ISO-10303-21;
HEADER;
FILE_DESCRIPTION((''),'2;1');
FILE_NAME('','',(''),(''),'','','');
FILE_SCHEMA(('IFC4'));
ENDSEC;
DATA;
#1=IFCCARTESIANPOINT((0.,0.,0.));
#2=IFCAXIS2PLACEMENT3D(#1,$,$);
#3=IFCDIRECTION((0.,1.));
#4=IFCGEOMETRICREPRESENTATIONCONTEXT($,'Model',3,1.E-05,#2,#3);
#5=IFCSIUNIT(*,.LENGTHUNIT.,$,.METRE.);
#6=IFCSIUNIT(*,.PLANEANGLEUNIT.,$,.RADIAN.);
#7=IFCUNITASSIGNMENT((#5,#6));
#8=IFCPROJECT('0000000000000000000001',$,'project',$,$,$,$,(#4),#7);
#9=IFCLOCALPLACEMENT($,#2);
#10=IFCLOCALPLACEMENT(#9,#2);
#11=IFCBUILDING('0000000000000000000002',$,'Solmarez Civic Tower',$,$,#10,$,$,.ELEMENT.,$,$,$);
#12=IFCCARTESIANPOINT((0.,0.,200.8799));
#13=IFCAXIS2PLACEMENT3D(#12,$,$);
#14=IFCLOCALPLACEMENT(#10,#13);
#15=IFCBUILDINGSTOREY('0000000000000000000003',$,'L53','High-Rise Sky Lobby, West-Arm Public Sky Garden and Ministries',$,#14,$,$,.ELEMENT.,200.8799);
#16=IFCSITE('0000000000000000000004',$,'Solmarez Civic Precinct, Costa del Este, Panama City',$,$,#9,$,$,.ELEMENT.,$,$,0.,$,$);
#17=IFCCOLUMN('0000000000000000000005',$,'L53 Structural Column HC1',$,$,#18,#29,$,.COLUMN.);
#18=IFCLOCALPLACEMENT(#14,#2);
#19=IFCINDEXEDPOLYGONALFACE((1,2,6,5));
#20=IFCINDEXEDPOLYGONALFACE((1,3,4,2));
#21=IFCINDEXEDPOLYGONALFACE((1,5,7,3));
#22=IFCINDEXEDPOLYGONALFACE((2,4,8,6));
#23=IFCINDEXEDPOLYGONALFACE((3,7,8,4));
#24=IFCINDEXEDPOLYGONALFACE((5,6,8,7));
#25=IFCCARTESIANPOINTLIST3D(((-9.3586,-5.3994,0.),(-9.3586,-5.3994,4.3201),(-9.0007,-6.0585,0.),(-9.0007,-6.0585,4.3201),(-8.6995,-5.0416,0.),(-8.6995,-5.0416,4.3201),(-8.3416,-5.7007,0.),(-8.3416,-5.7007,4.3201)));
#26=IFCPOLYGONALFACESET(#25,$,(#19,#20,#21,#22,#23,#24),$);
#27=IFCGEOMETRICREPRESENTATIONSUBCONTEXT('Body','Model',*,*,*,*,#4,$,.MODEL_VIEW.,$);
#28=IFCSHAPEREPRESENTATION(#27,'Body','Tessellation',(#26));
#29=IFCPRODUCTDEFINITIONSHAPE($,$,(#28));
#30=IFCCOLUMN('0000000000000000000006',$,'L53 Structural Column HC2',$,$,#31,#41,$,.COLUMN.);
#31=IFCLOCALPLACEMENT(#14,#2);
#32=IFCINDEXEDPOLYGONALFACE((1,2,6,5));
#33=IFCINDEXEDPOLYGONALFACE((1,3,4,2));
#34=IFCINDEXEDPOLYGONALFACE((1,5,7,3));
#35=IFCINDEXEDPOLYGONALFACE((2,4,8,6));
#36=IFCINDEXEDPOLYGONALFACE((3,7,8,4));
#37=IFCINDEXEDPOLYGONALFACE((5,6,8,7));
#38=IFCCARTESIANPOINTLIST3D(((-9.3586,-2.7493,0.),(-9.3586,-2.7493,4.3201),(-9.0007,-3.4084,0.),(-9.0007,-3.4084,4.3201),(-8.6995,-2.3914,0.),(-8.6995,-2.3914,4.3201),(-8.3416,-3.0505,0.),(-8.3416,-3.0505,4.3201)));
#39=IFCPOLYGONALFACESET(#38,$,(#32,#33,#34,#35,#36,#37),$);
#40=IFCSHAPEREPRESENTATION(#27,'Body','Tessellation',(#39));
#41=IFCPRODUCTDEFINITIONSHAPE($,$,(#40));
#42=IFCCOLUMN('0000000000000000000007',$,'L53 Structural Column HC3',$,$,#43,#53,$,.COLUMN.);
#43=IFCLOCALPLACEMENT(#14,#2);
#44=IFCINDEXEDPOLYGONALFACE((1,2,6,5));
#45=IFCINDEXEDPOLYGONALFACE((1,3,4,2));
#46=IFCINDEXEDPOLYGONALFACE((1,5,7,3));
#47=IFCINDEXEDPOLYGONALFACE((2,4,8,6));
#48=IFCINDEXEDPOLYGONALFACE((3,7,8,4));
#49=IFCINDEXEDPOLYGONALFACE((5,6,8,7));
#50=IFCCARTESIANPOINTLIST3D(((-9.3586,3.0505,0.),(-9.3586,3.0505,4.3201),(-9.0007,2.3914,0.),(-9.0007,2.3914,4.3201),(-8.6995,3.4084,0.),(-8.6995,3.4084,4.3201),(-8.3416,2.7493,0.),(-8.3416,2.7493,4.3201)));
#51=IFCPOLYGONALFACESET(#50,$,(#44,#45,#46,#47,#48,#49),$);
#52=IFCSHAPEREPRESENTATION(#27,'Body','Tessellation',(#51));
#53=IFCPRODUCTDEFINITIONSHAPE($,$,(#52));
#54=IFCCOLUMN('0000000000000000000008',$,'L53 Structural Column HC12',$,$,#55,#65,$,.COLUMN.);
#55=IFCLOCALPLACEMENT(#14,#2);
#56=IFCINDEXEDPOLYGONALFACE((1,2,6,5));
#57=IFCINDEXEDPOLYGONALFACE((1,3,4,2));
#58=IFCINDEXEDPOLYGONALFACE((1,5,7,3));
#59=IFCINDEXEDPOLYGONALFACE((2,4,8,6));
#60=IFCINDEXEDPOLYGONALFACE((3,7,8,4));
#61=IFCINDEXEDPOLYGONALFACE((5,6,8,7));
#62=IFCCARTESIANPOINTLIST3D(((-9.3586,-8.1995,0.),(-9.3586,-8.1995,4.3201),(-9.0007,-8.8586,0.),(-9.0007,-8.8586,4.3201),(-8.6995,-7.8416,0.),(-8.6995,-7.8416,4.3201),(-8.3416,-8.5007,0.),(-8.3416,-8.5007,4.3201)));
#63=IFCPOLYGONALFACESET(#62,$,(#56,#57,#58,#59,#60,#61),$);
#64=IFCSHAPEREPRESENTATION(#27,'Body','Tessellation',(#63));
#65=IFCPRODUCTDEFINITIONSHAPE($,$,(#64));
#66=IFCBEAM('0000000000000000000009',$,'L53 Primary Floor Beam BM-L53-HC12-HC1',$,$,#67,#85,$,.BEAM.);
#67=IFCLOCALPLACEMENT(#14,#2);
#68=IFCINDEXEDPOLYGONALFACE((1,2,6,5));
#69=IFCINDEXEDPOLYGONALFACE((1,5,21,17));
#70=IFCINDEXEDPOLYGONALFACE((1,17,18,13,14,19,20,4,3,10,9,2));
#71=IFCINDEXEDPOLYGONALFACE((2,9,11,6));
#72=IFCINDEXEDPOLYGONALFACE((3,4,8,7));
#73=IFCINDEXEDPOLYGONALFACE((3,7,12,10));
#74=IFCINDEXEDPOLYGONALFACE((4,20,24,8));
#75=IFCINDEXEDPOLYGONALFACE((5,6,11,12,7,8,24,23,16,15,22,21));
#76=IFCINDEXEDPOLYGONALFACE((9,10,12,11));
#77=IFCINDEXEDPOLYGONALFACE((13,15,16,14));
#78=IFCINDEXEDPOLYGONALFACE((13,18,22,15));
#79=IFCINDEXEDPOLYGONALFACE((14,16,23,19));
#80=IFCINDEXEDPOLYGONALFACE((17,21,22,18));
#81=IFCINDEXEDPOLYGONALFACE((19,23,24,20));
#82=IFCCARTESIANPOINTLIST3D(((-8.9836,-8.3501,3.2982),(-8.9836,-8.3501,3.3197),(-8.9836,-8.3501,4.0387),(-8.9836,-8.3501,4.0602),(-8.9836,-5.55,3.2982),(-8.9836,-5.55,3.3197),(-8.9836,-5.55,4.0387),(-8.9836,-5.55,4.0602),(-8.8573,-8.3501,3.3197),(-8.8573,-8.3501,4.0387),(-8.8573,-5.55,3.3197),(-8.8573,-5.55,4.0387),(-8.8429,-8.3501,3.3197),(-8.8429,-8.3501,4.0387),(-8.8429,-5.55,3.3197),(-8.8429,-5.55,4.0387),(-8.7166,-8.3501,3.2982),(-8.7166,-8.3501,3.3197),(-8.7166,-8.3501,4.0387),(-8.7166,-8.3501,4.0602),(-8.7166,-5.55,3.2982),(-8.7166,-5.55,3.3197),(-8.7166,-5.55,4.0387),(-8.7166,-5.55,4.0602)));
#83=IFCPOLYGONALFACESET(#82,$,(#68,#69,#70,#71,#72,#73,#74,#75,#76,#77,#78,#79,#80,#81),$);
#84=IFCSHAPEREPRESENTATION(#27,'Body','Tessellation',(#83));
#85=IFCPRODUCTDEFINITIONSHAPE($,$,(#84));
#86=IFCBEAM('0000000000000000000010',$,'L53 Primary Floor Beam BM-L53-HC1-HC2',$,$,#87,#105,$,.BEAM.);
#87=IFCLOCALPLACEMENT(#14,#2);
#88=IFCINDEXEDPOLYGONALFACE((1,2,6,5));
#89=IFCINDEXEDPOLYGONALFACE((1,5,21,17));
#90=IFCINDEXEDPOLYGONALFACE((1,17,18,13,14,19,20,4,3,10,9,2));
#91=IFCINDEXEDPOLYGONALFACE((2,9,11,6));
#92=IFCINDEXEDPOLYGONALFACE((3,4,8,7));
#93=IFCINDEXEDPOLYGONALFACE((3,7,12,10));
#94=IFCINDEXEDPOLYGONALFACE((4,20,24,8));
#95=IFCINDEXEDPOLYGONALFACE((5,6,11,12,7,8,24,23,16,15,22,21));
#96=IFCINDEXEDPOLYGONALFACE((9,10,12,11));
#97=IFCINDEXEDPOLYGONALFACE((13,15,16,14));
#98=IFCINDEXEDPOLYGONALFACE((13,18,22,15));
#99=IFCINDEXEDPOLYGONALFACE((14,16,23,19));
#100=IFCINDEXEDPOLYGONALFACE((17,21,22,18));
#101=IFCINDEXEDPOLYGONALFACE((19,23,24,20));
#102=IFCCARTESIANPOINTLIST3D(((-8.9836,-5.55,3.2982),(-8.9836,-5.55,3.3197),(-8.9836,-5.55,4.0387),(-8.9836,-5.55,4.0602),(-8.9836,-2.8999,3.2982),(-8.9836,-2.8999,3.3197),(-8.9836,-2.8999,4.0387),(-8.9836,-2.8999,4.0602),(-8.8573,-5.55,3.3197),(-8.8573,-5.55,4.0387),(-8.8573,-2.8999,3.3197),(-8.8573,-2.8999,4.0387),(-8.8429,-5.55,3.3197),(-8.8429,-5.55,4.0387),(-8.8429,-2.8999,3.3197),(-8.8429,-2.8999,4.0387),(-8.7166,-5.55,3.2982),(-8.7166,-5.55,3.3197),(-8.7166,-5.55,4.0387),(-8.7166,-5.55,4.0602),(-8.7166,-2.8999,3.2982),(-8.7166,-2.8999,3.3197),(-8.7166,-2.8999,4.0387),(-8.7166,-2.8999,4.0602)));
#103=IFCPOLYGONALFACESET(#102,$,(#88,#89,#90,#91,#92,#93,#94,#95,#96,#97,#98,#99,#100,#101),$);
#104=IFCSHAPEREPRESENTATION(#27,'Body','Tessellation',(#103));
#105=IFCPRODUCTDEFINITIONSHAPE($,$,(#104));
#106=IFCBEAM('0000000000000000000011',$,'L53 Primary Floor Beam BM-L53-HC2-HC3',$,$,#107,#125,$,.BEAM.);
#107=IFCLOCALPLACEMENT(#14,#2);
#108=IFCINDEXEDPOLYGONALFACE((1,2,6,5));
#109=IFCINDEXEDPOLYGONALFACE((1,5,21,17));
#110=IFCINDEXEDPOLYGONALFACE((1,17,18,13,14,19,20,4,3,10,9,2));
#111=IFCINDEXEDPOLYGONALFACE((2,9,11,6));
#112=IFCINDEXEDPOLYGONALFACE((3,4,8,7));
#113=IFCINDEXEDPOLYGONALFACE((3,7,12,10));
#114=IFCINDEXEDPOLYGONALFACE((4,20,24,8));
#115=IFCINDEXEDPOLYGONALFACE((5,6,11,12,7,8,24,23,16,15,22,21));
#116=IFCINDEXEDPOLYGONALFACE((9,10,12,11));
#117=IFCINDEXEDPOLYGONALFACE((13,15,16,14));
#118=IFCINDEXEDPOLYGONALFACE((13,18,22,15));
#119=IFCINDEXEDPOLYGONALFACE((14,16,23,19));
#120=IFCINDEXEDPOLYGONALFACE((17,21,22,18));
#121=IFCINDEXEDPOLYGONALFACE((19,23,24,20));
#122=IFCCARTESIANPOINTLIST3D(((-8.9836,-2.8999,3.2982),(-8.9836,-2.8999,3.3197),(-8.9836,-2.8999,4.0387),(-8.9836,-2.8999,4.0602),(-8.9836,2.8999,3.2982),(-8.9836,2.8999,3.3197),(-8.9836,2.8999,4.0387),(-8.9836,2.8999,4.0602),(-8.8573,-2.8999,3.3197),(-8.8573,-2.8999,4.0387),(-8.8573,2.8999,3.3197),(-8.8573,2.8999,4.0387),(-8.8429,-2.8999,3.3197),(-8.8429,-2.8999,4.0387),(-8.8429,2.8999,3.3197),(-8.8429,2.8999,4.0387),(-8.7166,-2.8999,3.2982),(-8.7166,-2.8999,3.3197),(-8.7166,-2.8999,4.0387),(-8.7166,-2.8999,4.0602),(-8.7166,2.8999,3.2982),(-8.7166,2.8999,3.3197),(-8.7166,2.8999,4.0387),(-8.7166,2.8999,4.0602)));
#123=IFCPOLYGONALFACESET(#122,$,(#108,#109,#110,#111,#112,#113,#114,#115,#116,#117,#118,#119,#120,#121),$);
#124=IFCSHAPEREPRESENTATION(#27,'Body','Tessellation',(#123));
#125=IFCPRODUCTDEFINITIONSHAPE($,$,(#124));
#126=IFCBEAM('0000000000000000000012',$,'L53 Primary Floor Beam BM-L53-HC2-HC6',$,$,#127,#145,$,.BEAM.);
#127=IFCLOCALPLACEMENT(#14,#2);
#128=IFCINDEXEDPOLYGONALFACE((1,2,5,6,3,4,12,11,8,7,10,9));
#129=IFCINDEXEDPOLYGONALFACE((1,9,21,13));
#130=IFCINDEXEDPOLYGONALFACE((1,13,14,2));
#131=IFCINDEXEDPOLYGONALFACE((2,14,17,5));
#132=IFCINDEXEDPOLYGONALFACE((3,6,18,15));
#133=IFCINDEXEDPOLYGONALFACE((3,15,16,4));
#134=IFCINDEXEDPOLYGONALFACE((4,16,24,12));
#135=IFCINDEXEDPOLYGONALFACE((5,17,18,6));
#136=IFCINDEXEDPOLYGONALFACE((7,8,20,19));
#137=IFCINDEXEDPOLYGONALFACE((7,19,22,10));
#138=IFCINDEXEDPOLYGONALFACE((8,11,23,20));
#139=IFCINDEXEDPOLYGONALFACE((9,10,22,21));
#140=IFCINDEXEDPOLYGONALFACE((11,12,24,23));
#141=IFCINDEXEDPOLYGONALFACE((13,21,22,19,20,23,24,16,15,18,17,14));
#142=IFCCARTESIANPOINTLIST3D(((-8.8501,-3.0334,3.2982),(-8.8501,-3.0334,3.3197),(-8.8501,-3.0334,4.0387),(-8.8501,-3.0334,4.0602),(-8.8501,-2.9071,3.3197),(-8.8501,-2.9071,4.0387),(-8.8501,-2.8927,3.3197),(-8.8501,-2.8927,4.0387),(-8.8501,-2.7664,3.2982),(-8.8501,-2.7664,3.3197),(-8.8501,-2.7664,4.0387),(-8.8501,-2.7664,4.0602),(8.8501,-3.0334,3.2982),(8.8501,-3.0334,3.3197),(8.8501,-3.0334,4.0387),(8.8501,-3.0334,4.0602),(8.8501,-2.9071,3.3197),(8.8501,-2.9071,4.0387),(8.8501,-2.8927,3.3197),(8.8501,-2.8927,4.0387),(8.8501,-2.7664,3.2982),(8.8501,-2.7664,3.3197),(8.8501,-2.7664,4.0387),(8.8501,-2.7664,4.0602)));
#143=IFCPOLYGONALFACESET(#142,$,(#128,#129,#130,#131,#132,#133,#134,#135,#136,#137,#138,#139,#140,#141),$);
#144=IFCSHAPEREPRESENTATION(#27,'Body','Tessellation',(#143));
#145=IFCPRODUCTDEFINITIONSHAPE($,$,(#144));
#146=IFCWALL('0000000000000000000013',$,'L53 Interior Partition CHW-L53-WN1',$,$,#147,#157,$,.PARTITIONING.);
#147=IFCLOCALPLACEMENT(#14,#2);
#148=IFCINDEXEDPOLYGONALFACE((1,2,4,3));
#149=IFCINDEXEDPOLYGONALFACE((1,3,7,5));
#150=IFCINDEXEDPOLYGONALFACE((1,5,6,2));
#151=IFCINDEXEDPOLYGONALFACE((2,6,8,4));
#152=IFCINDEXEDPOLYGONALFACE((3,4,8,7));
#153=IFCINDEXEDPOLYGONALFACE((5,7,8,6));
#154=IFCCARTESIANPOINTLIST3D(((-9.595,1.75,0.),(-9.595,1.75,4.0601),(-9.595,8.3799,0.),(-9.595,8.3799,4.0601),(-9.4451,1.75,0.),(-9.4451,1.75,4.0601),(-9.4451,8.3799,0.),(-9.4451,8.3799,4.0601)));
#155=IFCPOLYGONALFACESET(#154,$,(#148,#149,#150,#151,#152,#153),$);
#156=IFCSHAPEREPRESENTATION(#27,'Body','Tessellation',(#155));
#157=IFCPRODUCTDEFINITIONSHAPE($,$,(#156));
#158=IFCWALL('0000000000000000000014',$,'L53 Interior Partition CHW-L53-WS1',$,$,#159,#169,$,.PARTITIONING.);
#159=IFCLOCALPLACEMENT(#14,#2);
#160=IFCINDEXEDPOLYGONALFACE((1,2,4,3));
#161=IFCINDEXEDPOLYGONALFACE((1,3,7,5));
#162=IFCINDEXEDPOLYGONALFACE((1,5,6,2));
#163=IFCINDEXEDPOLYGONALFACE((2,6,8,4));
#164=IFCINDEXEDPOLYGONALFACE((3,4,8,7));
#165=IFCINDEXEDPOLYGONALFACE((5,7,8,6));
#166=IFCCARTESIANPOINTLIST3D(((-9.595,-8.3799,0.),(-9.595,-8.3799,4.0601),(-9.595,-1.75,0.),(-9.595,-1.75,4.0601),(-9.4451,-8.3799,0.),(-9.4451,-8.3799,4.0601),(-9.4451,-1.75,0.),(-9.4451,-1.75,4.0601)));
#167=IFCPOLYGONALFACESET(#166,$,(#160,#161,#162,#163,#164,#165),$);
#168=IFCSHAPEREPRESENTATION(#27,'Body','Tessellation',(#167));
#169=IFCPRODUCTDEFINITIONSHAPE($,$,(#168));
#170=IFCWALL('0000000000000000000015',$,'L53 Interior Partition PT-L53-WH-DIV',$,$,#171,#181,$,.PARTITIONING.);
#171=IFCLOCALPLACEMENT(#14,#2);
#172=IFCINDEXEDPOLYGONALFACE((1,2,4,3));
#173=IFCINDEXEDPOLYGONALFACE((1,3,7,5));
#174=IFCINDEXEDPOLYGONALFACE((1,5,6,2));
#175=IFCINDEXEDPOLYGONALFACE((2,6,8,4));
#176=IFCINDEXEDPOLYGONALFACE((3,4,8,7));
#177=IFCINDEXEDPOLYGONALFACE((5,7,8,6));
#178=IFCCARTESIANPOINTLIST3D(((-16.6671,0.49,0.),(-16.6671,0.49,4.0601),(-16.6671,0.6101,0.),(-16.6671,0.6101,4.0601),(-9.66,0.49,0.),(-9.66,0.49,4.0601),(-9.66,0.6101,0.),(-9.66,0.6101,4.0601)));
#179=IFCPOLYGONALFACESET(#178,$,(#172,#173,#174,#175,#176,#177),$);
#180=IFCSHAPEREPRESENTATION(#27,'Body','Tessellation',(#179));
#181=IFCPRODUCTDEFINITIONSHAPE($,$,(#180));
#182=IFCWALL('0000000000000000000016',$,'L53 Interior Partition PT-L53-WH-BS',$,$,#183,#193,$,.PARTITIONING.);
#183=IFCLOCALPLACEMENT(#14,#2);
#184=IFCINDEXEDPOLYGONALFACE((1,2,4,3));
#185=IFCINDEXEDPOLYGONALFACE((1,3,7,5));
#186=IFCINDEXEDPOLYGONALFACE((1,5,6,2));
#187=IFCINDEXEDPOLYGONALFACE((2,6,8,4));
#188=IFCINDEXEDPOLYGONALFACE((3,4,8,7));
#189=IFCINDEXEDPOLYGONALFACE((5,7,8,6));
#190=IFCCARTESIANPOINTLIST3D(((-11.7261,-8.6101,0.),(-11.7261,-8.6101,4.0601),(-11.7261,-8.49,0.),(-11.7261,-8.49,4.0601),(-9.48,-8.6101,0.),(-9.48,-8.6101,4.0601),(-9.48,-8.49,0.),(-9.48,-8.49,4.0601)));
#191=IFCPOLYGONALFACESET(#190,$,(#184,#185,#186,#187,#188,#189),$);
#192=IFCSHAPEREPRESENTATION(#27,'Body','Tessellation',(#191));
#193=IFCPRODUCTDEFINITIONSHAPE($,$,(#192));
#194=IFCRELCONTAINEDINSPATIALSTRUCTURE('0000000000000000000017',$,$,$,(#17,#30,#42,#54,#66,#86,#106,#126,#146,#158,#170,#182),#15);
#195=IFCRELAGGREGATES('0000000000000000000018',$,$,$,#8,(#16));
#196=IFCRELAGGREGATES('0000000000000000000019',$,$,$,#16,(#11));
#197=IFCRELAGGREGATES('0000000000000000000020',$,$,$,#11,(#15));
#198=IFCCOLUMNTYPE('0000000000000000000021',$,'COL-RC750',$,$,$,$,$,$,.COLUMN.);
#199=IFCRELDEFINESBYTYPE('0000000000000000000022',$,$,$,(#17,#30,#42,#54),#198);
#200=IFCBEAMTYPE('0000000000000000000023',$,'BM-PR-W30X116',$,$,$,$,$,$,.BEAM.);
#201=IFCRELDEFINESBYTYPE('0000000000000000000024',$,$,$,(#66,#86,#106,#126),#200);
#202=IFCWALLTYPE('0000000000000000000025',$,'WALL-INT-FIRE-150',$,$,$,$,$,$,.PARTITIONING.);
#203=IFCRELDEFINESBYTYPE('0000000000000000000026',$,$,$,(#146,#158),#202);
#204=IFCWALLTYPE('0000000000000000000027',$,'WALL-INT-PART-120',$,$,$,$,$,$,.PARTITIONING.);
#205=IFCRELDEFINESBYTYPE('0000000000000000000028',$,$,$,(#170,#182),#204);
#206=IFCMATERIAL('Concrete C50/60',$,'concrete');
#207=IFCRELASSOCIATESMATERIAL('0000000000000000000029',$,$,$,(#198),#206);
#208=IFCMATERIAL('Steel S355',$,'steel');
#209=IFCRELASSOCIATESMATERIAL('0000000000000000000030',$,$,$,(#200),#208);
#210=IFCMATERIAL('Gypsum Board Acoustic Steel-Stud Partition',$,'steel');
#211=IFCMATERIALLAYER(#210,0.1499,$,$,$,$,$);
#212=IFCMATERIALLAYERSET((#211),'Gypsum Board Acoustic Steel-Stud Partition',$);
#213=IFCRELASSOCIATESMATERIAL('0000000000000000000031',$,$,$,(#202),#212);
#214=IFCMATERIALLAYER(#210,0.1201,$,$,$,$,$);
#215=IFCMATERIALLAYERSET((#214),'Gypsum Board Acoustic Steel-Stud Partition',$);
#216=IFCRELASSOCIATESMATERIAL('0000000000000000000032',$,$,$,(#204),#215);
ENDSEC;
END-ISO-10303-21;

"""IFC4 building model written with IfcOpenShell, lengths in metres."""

from ifc_helpers import new_model, si_unit, direction, frame, frame_2d, origin, origin_2d, place, context, subcontext, project, spatial, rectangle, i_section, extrude, material, layer, layer_set, material_profile, profile_set, type_object, element, save


model = new_model("IFC4")

# Units and contexts
model_context = context("Model", 3, precision=1e-05, world=origin(), true_north=direction((0.0, 1.0)))
body_context = subcontext(model_context, "Body", "Model", "MODEL_VIEW")
ifc_project = project(units=[si_unit("LENGTHUNIT", "METRE"), si_unit("PLANEANGLEUNIT", "RADIAN")], contexts=[model_context])

# Site, building, storey
site_placement = place(None, origin())
site = spatial("IfcSite", under=ifc_project, at=site_placement, Name="Solmarez Civic Precinct, Costa del Este, Panama City", CompositionType="ELEMENT", RefElevation=0.0)
building_placement = place(site_placement, origin())
building = spatial("IfcBuilding", under=site, at=building_placement, Name="Solmarez Civic Tower", CompositionType="ELEMENT")
storey_placement = place(building_placement, frame((0.0, 0.0, 200.8799)))
storey = spatial("IfcBuildingStorey", under=building, at=storey_placement, Name="L53", Description="High-Rise Sky Lobby, West-Arm Public Sky Garden and Ministries", CompositionType="ELEMENT", Elevation=200.8799)

# Columns
ifc_material_1 = material(Name="Concrete C50/60", Category="concrete")
ifc_material_profile_1 = material_profile(ifc_material_1, rectangle(XDim=0.75, YDim=0.75, at=origin_2d()), Name="RC750X750")
ifc_profile_set_1 = profile_set([ifc_material_profile_1], Name="Concrete C50/60")
column_type = type_object("IfcColumnType", Name="COL-RC750", PredefinedType="COLUMN", material=ifc_profile_set_1)
for number, where, z_axis, x_axis, name in (
    (1, (-8.8501, -5.55, 0.0), (0.0, 0.0, 1.0), (0.878817, 0.477159, 0.0), "L53 Structural Column HC1"),
    (2, (-8.8501, -2.8999, 0.0), (0.0, 0.0, 1.0), (0.878817, 0.477159, 0.0), "L53 Structural Column HC2"),
    (3, (-8.8501, 2.8999, 0.0), (0.0, 0.0, 1.0), (0.878817, 0.477159, 0.0), "L53 Structural Column HC3"),
    (4, (-8.8501, -8.3501, 0.0), (0.0, 0.0, 1.0), (0.878817, 0.477159, 0.0), "L53 Structural Column HC12"),
):
    element("IfcColumn", number, at=place(storey_placement, frame(where, z_axis=z_axis, x_axis=x_axis)), inside=storey, type_object=column_type, Name=name, PredefinedType="COLUMN", context=body_context, shape_type="SweptSolid", body=[
        extrude(rectangle(XDim=0.75, YDim=0.75, at=origin_2d()), origin(), (0.0, 0.0, 1.0), 4.3201),
    ])

# Beams
ifc_material_2 = material(Name="Steel S355", Category="steel")
ifc_material_profile_2 = material_profile(ifc_material_2, i_section(OverallWidth=0.2671, OverallDepth=0.762, WebThickness=0.0144, FlangeThickness=0.0215, at=origin_2d()), Name="W30X116")
ifc_profile_set_2 = profile_set([ifc_material_profile_2], Name="Steel S355")
beam_type = type_object("IfcBeamType", Name="BM-PR-W30X116", PredefinedType="BEAM", material=ifc_profile_set_2)
beam_1_placement = place(storey_placement, frame((-8.8501, -8.3501, 3.6792), z_axis=(0.0, 1.0, 0.0), x_axis=(-1.0, 0.0, 0.0)))
element("IfcBeam", 5, at=beam_1_placement, inside=storey, type_object=beam_type, Name="L53 Primary Floor Beam BM-L53-HC12-HC1", PredefinedType="BEAM", context=body_context, shape_type="SweptSolid", body=[
    extrude(i_section(OverallWidth=0.2671, OverallDepth=0.762, WebThickness=0.0144, FlangeThickness=0.0215, at=origin_2d()), origin(), (0.0, 0.0, 1.0), 2.8),
])
beam_2_placement = place(storey_placement, frame((-8.8501, -5.55, 3.6792), z_axis=(0.0, 1.0, 0.0), x_axis=(-1.0, 0.0, 0.0)))
element("IfcBeam", 6, at=beam_2_placement, inside=storey, type_object=beam_type, Name="L53 Primary Floor Beam BM-L53-HC1-HC2", PredefinedType="BEAM", context=body_context, shape_type="SweptSolid", body=[
    extrude(i_section(OverallWidth=0.2671, OverallDepth=0.762, WebThickness=0.0144, FlangeThickness=0.0215, at=origin_2d()), origin(), (0.0, 0.0, 1.0), 2.6501),
])
beam_3_placement = place(storey_placement, frame((-8.8501, -2.8999, 3.6792), z_axis=(0.0, 1.0, 0.0), x_axis=(-1.0, 0.0, 0.0)))
element("IfcBeam", 7, at=beam_3_placement, inside=storey, type_object=beam_type, Name="L53 Primary Floor Beam BM-L53-HC2-HC3", PredefinedType="BEAM", context=body_context, shape_type="SweptSolid", body=[
    extrude(i_section(OverallWidth=0.2671, OverallDepth=0.762, WebThickness=0.0144, FlangeThickness=0.0215, at=origin_2d()), origin(), (0.0, 0.0, 1.0), 5.7998),
])
beam_4_placement = place(storey_placement, frame((-8.8501, -2.8999, 3.6792), z_axis=(1.0, 0.0, 0.0), x_axis=(0.0, 1.0, 0.0)))
element("IfcBeam", 8, at=beam_4_placement, inside=storey, type_object=beam_type, Name="L53 Primary Floor Beam BM-L53-HC2-HC6", PredefinedType="BEAM", context=body_context, shape_type="SweptSolid", body=[
    extrude(i_section(OverallWidth=0.2671, OverallDepth=0.762, WebThickness=0.0144, FlangeThickness=0.0215, at=origin_2d()), origin(), (0.0, 0.0, 1.0), 17.7002),
])

# Walls
ifc_material_3 = material(Name="Gypsum Board Acoustic Steel-Stud Partition", Category="steel")
ifc_layer_1 = layer(ifc_material_3, 0.1499)
ifc_layer_set_1 = layer_set([ifc_layer_1], Name="Gypsum Board Acoustic Steel-Stud Partition")
wall_type_1 = type_object("IfcWallType", Name="WALL-INT-FIRE-150", PredefinedType="PARTITIONING", material=ifc_layer_set_1)
for number, where, z_axis, x_axis, name in (
    (9, (-9.52, 1.75, 0.0), (0.0, 0.0, 1.0), (0.0, 1.0, 0.0), "L53 Interior Partition CHW-L53-WN1"),
    (10, (-9.52, -8.3799, 0.0), (0.0, 0.0, 1.0), (0.0, 1.0, 0.0), "L53 Interior Partition CHW-L53-WS1"),
):
    element("IfcWall", number, at=place(storey_placement, frame(where, z_axis=z_axis, x_axis=x_axis)), inside=storey, type_object=wall_type_1, Name=name, PredefinedType="PARTITIONING", context=body_context, shape_type="SweptSolid", body=[
        extrude(rectangle(XDim=6.6299, YDim=0.1499, at=frame_2d((3.3149, 0.0))), origin(), (0.0, 0.0, 1.0), 4.0601),
    ])
ifc_layer_2 = layer(ifc_material_3, 0.1201)
ifc_layer_set_2 = layer_set([ifc_layer_2], Name="Gypsum Board Acoustic Steel-Stud Partition")
wall_type_2 = type_object("IfcWallType", Name="WALL-INT-PART-120", PredefinedType="PARTITIONING", material=ifc_layer_set_2)
wall_1_placement = place(storey_placement, frame((-16.667, 0.55, 0.0), z_axis=(0.0, 0.0, 1.0), x_axis=(1.0, 0.0, 0.0)))
element("IfcWall", 11, at=wall_1_placement, inside=storey, type_object=wall_type_2, Name="L53 Interior Partition PT-L53-WH-DIV", PredefinedType="PARTITIONING", context=body_context, shape_type="SweptSolid", body=[
    extrude(rectangle(XDim=7.0071, YDim=0.1201, at=frame_2d((3.5034, 0.0))), origin(), (0.0, 0.0, 1.0), 4.0601),
])
wall_2_placement = place(storey_placement, frame((-11.7261, -8.55, 0.0), z_axis=(0.0, 0.0, 1.0), x_axis=(1.0, 0.0, 0.0)))
element("IfcWall", 12, at=wall_2_placement, inside=storey, type_object=wall_type_2, Name="L53 Interior Partition PT-L53-WH-BS", PredefinedType="PARTITIONING", context=body_context, shape_type="SweptSolid", body=[
    extrude(rectangle(XDim=2.2461, YDim=0.1201, at=frame_2d((1.123, 0.0))), origin(), (0.0, 0.0, 1.0), 4.0601),
])

save(model, "model.ifc")
